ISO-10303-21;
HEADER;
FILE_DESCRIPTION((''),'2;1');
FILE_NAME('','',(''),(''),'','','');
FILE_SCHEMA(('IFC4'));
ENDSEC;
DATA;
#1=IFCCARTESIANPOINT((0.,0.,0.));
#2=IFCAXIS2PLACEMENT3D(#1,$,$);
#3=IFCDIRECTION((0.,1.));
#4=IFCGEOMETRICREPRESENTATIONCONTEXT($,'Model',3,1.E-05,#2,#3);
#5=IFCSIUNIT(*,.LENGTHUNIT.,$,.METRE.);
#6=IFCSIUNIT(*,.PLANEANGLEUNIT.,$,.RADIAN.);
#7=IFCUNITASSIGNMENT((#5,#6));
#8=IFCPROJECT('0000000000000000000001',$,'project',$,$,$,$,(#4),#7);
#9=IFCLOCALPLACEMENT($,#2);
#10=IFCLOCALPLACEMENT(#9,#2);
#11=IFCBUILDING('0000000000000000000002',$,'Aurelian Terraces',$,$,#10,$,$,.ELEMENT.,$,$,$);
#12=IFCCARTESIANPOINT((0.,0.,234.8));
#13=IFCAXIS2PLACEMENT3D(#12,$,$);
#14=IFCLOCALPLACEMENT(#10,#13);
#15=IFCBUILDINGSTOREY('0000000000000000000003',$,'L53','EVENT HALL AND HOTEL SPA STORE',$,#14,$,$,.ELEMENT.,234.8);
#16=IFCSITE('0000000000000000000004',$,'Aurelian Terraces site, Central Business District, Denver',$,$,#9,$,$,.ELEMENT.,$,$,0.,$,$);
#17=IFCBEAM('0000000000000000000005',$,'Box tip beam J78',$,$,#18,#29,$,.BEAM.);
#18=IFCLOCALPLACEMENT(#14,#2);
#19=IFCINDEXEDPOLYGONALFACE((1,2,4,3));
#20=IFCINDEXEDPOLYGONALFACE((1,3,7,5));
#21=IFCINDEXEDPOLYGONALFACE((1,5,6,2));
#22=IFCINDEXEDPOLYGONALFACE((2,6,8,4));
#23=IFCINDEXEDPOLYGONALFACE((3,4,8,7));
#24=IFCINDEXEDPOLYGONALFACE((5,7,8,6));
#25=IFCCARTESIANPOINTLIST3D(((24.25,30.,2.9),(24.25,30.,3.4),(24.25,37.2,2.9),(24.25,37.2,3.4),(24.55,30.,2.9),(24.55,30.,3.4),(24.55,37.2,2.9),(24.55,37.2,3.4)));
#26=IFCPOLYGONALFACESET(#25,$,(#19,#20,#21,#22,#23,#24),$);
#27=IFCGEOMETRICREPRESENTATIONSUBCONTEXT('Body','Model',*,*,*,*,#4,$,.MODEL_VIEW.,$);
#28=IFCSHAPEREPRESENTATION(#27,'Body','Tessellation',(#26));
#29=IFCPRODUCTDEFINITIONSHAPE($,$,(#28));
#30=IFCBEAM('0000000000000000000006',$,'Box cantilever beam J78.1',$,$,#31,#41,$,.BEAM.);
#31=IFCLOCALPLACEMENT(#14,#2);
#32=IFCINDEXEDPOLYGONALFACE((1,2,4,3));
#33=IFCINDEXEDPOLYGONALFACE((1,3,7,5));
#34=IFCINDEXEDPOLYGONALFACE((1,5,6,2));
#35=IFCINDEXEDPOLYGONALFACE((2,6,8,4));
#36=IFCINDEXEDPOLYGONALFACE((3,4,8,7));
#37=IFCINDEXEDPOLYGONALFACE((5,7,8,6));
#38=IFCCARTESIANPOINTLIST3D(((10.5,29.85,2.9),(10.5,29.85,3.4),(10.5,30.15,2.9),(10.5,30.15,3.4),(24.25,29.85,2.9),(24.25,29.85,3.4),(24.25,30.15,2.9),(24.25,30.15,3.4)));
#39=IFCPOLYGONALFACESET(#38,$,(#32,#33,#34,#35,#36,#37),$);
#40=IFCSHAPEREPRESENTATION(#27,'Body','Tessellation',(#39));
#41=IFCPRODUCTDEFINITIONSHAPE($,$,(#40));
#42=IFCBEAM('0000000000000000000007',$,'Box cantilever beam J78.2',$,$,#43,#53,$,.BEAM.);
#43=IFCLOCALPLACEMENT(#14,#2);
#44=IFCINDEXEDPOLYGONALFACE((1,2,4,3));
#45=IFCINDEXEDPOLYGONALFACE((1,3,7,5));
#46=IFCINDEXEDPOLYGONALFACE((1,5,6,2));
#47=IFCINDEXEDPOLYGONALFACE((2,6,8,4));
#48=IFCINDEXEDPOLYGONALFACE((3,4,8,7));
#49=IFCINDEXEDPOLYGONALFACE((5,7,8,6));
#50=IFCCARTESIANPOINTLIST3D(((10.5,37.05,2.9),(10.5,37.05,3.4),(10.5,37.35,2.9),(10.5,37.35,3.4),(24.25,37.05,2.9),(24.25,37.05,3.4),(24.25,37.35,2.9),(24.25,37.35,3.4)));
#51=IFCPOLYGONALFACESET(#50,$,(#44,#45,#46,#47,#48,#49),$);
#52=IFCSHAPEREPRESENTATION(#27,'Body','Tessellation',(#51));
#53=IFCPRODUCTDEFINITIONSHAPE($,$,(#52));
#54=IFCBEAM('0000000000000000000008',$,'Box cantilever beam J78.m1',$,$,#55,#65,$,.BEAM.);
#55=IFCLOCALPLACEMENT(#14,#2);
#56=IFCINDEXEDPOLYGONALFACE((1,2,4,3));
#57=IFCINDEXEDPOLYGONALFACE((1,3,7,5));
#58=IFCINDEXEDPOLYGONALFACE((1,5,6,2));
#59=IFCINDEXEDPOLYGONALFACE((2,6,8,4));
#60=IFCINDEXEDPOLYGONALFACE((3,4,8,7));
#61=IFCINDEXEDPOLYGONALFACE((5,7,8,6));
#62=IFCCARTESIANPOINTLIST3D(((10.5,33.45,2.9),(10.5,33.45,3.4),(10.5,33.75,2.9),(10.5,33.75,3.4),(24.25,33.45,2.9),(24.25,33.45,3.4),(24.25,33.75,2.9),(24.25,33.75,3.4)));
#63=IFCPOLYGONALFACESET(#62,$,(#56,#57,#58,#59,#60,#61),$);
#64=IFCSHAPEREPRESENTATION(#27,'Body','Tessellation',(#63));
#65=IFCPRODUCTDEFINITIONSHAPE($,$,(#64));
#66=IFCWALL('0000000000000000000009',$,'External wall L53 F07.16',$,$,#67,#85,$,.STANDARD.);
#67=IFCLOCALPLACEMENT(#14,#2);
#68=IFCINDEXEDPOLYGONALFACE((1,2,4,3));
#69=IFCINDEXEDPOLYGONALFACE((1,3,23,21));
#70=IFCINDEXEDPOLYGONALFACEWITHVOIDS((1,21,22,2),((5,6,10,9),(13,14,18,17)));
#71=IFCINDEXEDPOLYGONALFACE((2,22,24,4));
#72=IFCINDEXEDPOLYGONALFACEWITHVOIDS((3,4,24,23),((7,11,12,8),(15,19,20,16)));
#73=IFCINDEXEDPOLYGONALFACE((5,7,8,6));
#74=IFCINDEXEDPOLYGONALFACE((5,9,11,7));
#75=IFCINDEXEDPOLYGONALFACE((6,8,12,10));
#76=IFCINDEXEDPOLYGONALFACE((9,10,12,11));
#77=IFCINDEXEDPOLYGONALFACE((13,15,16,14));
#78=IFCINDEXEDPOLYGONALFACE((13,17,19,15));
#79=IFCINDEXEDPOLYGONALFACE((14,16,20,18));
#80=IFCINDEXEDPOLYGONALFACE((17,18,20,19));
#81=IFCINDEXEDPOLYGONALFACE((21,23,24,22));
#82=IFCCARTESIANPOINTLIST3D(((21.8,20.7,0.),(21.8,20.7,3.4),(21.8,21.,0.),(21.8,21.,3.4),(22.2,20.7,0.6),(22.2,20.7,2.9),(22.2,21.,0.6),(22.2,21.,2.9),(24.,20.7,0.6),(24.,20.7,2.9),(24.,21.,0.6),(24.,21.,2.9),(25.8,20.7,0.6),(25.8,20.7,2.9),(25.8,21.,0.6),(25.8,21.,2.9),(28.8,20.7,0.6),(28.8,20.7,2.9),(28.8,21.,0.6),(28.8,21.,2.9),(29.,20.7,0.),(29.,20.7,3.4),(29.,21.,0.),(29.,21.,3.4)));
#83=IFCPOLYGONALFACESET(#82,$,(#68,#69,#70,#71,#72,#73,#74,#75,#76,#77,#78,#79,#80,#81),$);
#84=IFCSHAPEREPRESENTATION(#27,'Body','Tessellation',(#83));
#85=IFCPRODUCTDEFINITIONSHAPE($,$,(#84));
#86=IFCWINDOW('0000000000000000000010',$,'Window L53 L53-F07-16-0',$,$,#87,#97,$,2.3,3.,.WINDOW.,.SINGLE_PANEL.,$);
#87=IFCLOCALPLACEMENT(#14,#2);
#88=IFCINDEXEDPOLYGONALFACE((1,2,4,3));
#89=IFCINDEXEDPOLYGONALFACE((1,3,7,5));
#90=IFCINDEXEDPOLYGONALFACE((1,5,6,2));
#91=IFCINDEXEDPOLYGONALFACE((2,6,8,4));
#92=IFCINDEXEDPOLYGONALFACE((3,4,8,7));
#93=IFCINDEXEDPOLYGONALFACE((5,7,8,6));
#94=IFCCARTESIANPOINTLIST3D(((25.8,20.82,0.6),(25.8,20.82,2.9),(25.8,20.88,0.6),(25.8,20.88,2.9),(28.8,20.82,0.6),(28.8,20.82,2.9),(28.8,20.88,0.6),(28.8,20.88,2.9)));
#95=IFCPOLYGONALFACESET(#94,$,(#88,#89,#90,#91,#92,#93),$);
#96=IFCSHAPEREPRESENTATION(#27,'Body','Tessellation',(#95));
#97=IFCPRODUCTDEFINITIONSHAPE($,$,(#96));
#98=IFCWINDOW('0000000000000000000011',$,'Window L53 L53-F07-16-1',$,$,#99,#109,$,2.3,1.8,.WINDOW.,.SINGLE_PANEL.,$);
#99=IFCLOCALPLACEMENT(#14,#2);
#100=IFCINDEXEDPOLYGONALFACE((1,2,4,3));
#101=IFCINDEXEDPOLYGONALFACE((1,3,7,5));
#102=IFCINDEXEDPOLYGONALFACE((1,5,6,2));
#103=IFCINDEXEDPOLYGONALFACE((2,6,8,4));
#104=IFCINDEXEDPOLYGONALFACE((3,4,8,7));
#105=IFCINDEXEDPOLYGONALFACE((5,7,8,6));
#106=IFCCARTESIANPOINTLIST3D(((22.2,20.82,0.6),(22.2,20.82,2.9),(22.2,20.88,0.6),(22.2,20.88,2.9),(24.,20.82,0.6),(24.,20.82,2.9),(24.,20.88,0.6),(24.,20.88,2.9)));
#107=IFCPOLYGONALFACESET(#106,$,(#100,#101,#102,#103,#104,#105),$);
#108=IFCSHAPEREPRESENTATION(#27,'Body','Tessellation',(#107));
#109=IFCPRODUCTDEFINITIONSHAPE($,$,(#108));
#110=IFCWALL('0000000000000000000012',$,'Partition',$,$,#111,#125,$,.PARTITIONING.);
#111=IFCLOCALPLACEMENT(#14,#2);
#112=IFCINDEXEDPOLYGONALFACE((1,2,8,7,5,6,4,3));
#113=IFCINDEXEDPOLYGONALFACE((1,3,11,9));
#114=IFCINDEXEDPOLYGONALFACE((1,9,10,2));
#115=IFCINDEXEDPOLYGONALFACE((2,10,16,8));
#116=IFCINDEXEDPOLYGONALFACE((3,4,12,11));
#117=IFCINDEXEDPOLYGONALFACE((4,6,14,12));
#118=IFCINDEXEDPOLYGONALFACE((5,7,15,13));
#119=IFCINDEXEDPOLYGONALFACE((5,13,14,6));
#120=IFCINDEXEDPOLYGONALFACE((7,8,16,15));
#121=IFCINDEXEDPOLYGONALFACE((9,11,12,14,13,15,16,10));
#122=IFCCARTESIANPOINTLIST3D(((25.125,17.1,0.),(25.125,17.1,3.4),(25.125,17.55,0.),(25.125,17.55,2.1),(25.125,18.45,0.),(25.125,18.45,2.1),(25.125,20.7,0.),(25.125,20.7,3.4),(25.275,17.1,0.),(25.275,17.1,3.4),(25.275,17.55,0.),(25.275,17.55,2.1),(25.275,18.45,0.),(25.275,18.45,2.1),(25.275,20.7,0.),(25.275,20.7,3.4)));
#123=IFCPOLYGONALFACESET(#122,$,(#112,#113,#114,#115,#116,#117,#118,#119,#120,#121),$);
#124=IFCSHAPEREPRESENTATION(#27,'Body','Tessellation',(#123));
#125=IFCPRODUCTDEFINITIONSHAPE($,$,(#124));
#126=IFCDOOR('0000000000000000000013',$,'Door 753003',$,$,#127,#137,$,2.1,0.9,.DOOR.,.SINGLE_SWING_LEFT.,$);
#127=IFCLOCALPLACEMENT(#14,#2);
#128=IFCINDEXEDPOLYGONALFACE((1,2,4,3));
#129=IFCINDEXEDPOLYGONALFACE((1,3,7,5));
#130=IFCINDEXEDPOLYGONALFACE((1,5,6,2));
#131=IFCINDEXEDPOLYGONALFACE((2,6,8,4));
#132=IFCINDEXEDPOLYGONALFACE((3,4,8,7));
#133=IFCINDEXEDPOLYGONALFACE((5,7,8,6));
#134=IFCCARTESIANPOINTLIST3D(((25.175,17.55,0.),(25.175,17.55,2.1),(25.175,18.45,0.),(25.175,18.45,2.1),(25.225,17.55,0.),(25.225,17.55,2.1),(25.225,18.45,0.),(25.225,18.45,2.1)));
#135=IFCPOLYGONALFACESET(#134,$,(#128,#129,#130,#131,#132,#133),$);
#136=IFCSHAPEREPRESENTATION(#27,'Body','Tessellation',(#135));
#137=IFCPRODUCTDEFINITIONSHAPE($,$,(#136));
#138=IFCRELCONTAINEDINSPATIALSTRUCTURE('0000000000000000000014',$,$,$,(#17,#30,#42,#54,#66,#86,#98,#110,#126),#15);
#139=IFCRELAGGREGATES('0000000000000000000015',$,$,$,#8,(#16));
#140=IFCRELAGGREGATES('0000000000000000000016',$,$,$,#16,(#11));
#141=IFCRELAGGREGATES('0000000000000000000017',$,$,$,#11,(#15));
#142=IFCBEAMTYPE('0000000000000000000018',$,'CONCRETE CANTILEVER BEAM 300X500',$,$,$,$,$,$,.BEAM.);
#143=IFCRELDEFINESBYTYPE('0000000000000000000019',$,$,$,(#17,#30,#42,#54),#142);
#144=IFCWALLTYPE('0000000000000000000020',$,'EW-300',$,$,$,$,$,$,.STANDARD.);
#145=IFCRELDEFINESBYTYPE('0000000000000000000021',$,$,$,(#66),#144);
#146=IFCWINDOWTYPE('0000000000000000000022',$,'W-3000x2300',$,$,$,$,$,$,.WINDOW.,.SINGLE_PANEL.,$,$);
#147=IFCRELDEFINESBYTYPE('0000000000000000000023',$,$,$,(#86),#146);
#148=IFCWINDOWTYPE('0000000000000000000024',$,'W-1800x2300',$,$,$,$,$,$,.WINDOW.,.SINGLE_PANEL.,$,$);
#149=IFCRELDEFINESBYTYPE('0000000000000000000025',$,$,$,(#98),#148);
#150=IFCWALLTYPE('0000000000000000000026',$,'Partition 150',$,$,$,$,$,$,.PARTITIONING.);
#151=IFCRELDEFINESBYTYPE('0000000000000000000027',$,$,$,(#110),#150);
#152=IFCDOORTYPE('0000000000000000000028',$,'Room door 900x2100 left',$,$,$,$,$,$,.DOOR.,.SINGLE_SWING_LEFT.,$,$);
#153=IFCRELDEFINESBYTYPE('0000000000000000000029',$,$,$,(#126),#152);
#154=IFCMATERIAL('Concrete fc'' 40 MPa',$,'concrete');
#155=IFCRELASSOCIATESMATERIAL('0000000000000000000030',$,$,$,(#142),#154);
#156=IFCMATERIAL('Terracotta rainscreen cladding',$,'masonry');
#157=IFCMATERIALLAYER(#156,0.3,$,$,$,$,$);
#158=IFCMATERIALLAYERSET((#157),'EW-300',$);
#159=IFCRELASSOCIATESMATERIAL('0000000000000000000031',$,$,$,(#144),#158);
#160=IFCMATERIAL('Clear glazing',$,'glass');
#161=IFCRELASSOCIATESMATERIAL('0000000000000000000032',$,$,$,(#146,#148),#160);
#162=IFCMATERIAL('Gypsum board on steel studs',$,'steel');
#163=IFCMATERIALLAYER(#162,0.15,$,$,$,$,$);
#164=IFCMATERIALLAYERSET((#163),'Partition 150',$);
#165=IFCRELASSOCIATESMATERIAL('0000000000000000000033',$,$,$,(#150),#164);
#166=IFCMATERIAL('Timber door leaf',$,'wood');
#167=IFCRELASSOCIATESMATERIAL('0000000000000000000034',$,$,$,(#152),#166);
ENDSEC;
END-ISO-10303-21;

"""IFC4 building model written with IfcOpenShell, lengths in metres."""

from ifc_helpers import new_model, si_unit, direction, frame, frame_2d, origin, origin_2d, place, context, subcontext, project, spatial, rectangle, extrude, source, transform, mapped, material, layer, layer_set, material_profile, profile_set, type_object, element, fill, save


model = new_model("IFC4")

# Units and contexts
model_context = context("Model", 3, precision=1e-05, world=origin(), true_north=direction((0.0, 1.0)))
body_context = subcontext(model_context, "Body", "Model", "MODEL_VIEW")
ifc_project = project(units=[si_unit("LENGTHUNIT", "METRE"), si_unit("PLANEANGLEUNIT", "RADIAN")], contexts=[model_context])

# Site, building, storey
site_placement = place(None, origin())
site = spatial("IfcSite", under=ifc_project, at=site_placement, Name="Aurelian Terraces site, Central Business District, Denver", CompositionType="ELEMENT", RefElevation=0.0)
building_placement = place(site_placement, origin())
building = spatial("IfcBuilding", under=site, at=building_placement, Name="Aurelian Terraces", CompositionType="ELEMENT")
storey_placement = place(building_placement, frame((0.0, 0.0, 234.8)))
storey = spatial("IfcBuildingStorey", under=building, at=storey_placement, Name="L53", Description="EVENT HALL AND HOTEL SPA STORE", CompositionType="ELEMENT", Elevation=234.8)

# Beams
ifc_material_1 = material(Name="Concrete fc' 40 MPa", Category="concrete")
ifc_material_profile = material_profile(ifc_material_1, rectangle(XDim=0.3, YDim=0.5, at=origin_2d()))
ifc_profile_set = profile_set([ifc_material_profile], Name="Concrete fc' 40 MPa")
beam_type = type_object("IfcBeamType", Name="CONCRETE CANTILEVER BEAM 300X500", PredefinedType="BEAM", material=ifc_profile_set)
beam_placement = place(storey_placement, frame((24.4, 30.0, 3.15), z_axis=(0.0, 1.0, 0.0), x_axis=(-1.0, 0.0, 0.0)))
element("IfcBeam", 1, at=beam_placement, inside=storey, type_object=beam_type, Name="Box tip beam J78", PredefinedType="BEAM", context=body_context, shape_type="SweptSolid", body=[
    extrude(rectangle(XDim=0.3, YDim=0.5, at=origin_2d()), origin(), (0.0, 0.0, 1.0), 7.2),
])
shared_shape_1 = source(origin(), body_context, "Body", "SweptSolid", [
    extrude(rectangle(XDim=0.3, YDim=0.5, at=origin_2d()), origin(), (0.0, 0.0, 1.0), 13.75),
])
for number, where, z_axis, x_axis, name in (
    (2, (24.25, 30.0, 3.15), (-1.0, 0.0, 0.0), (0.0, -1.0, 0.0), "Box cantilever beam J78.1"),
    (3, (24.25, 37.2, 3.15), (-1.0, 0.0, 0.0), (0.0, -1.0, 0.0), "Box cantilever beam J78.2"),
    (4, (24.25, 33.6, 3.15), (-1.0, 0.0, 0.0), (0.0, -1.0, 0.0), "Box cantilever beam J78.m1"),
):
    element("IfcBeam", number, at=place(storey_placement, frame(where, z_axis=z_axis, x_axis=x_axis)), inside=storey, type_object=beam_type, Name=name, PredefinedType="BEAM", context=body_context, shape_type="MappedRepresentation", body=[
        mapped(shared_shape_1, transform((0.0, 0.0, 0.0), scale=1.0)),
    ])

# Wall, openings, windows
ifc_material_2 = material(Name="Terracotta rainscreen cladding", Category="masonry")
ifc_layer_1 = layer(ifc_material_2, 0.3)
ifc_layer_set_1 = layer_set([ifc_layer_1], Name="EW-300")
wall_type_1 = type_object("IfcWallType", Name="EW-300", PredefinedType="STANDARD", material=ifc_layer_set_1)
shared_shape_2 = source(origin(), body_context, "Body", "SweptSolid", [
    extrude(rectangle(XDim=7.2, YDim=0.3, at=frame_2d((3.6, 0.0))), origin(), (0.0, 0.0, 1.0), 3.4),
])
wall_1_placement = place(storey_placement, frame((29.0, 20.85, 0.0), z_axis=(0.0, 0.0, 1.0), x_axis=(-1.0, 0.0, 0.0)))
wall_1 = element("IfcWall", 5, at=wall_1_placement, inside=storey, type_object=wall_type_1, Name="External wall L53 F07.16", PredefinedType="STANDARD", context=body_context, shape_type="MappedRepresentation", body=[
    mapped(shared_shape_2, transform((0.0, 0.0, 0.0), scale=1.0)),
])
shared_shape_3 = source(origin(), body_context, "Body", "SweptSolid", [
    extrude(rectangle(XDim=3.0, YDim=2.3, at=frame_2d((1.5, 1.15))), frame((0.0, 0.16, 0.0), z_axis=(0.0, -1.0, 0.0), x_axis=(1.0, 0.0, 0.0)), (0.0, 0.0, 1.0), 0.32),
])
opening_1_placement = place(wall_1_placement, frame((0.2, 0.0, 0.6)))
opening_1 = element("IfcOpeningElement", 6, at=opening_1_placement, cuts=wall_1, PredefinedType="OPENING", context=body_context, shape_type="MappedRepresentation", body=[
    mapped(shared_shape_3, transform((0.0, 0.0, 0.0), scale=1.0)),
])
shared_shape_4 = source(origin(), body_context, "Body", "SweptSolid", [
    extrude(rectangle(XDim=1.8, YDim=2.3, at=frame_2d((0.9, 1.15))), frame((0.0, 0.16, 0.0), z_axis=(0.0, -1.0, 0.0), x_axis=(1.0, 0.0, 0.0)), (0.0, 0.0, 1.0), 0.32),
])
opening_2_placement = place(wall_1_placement, frame((5.0, 0.0, 0.6)))
opening_2 = element("IfcOpeningElement", 7, at=opening_2_placement, cuts=wall_1, PredefinedType="OPENING", context=body_context, shape_type="MappedRepresentation", body=[
    mapped(shared_shape_4, transform((0.0, 0.0, 0.0), scale=1.0)),
])
ifc_material_3 = material(Name="Clear glazing", Category="glass")
window_type_1 = type_object("IfcWindowType", Name="W-3000x2300", PartitioningType="SINGLE_PANEL", PredefinedType="WINDOW", material=ifc_material_3)
shared_shape_5 = source(origin(), body_context, "Body", "SweptSolid", [
    extrude(rectangle(XDim=3.0, YDim=2.3, at=frame_2d((1.5, 1.15))), frame((0.0, 0.03, 0.0), z_axis=(0.0, -1.0, 0.0), x_axis=(1.0, 0.0, 0.0)), (0.0, 0.0, 1.0), 0.06),
])
window_1_placement = place(opening_1_placement, origin())
window_1 = element("IfcWindow", 8, at=window_1_placement, inside=storey, type_object=window_type_1, Name="Window L53 L53-F07-16-0", OverallHeight=2.3, OverallWidth=3.0, PartitioningType="SINGLE_PANEL", PredefinedType="WINDOW", context=body_context, shape_type="MappedRepresentation", body=[
    mapped(shared_shape_5, transform((0.0, 0.0, 0.0), scale=1.0)),
])
fill(opening_1, window_1)
window_type_2 = type_object("IfcWindowType", Name="W-1800x2300", PartitioningType="SINGLE_PANEL", PredefinedType="WINDOW", material=ifc_material_3)
shared_shape_6 = source(origin(), body_context, "Body", "SweptSolid", [
    extrude(rectangle(XDim=1.8, YDim=2.3, at=frame_2d((0.9, 1.15))), frame((0.0, 0.03, 0.0), z_axis=(0.0, -1.0, 0.0), x_axis=(1.0, 0.0, 0.0)), (0.0, 0.0, 1.0), 0.06),
])
window_2_placement = place(opening_2_placement, origin())
window_2 = element("IfcWindow", 9, at=window_2_placement, inside=storey, type_object=window_type_2, Name="Window L53 L53-F07-16-1", OverallHeight=2.3, OverallWidth=1.8, PartitioningType="SINGLE_PANEL", PredefinedType="WINDOW", context=body_context, shape_type="MappedRepresentation", body=[
    mapped(shared_shape_6, transform((0.0, 0.0, 0.0), scale=1.0)),
])
fill(opening_2, window_2)

# Wall, opening, door
ifc_material_4 = material(Name="Gypsum board on steel studs", Category="steel")
ifc_layer_2 = layer(ifc_material_4, 0.15)
ifc_layer_set_2 = layer_set([ifc_layer_2], Name="Partition 150")
wall_type_2 = type_object("IfcWallType", Name="Partition 150", PredefinedType="PARTITIONING", material=ifc_layer_set_2)
shared_shape_7 = source(origin(), body_context, "Body", "SweptSolid", [
    extrude(rectangle(XDim=3.6, YDim=0.15, at=frame_2d((1.8, 0.0))), origin(), (0.0, 0.0, 1.0), 3.4),
])
wall_2_placement = place(storey_placement, frame((25.2, 20.7, 0.0), z_axis=(0.0, 0.0, 1.0), x_axis=(0.0, -1.0, 0.0)))
wall_2 = element("IfcWall", 10, at=wall_2_placement, inside=storey, type_object=wall_type_2, Name="Partition", PredefinedType="PARTITIONING", context=body_context, shape_type="MappedRepresentation", body=[
    mapped(shared_shape_7, transform((0.0, 0.0, 0.0), scale=1.0)),
])
shared_shape_8 = source(origin(), body_context, "Body", "SweptSolid", [
    extrude(rectangle(XDim=0.9, YDim=2.1, at=frame_2d((0.45, 1.05))), frame((0.0, 0.085, 0.0), z_axis=(0.0, -1.0, 0.0), x_axis=(1.0, 0.0, 0.0)), (0.0, 0.0, 1.0), 0.17),
])
opening_3_placement = place(wall_2_placement, frame((2.25, 0.0, 0.0)))
opening_3 = element("IfcOpeningElement", 11, at=opening_3_placement, cuts=wall_2, PredefinedType="OPENING", context=body_context, shape_type="MappedRepresentation", body=[
    mapped(shared_shape_8, transform((0.0, 0.0, 0.0), scale=1.0)),
])
ifc_material_5 = material(Name="Timber door leaf", Category="wood")
door_type_1 = type_object("IfcDoorType", Name="Room door 900x2100 left", OperationType="SINGLE_SWING_LEFT", PredefinedType="DOOR", material=ifc_material_5)
shared_shape_9 = source(origin(), body_context, "Body", "SweptSolid", [
    extrude(rectangle(XDim=0.9, YDim=2.1, at=frame_2d((0.45, 1.05))), frame((0.0, 0.025, 0.0), z_axis=(0.0, -1.0, 0.0), x_axis=(1.0, 0.0, 0.0)), (0.0, 0.0, 1.0), 0.05),
])
door_1_placement = place(opening_3_placement, origin())
door_1 = element("IfcDoor", 12, at=door_1_placement, inside=storey, type_object=door_type_1, Name="Door 753003", OperationType="SINGLE_SWING_LEFT", OverallHeight=2.1, OverallWidth=0.9, PredefinedType="DOOR", context=body_context, shape_type="MappedRepresentation", body=[
    mapped(shared_shape_9, transform((0.0, 0.0, 0.0), scale=1.0)),
])
fill(opening_3, door_1)

save(model, "model.ifc")
